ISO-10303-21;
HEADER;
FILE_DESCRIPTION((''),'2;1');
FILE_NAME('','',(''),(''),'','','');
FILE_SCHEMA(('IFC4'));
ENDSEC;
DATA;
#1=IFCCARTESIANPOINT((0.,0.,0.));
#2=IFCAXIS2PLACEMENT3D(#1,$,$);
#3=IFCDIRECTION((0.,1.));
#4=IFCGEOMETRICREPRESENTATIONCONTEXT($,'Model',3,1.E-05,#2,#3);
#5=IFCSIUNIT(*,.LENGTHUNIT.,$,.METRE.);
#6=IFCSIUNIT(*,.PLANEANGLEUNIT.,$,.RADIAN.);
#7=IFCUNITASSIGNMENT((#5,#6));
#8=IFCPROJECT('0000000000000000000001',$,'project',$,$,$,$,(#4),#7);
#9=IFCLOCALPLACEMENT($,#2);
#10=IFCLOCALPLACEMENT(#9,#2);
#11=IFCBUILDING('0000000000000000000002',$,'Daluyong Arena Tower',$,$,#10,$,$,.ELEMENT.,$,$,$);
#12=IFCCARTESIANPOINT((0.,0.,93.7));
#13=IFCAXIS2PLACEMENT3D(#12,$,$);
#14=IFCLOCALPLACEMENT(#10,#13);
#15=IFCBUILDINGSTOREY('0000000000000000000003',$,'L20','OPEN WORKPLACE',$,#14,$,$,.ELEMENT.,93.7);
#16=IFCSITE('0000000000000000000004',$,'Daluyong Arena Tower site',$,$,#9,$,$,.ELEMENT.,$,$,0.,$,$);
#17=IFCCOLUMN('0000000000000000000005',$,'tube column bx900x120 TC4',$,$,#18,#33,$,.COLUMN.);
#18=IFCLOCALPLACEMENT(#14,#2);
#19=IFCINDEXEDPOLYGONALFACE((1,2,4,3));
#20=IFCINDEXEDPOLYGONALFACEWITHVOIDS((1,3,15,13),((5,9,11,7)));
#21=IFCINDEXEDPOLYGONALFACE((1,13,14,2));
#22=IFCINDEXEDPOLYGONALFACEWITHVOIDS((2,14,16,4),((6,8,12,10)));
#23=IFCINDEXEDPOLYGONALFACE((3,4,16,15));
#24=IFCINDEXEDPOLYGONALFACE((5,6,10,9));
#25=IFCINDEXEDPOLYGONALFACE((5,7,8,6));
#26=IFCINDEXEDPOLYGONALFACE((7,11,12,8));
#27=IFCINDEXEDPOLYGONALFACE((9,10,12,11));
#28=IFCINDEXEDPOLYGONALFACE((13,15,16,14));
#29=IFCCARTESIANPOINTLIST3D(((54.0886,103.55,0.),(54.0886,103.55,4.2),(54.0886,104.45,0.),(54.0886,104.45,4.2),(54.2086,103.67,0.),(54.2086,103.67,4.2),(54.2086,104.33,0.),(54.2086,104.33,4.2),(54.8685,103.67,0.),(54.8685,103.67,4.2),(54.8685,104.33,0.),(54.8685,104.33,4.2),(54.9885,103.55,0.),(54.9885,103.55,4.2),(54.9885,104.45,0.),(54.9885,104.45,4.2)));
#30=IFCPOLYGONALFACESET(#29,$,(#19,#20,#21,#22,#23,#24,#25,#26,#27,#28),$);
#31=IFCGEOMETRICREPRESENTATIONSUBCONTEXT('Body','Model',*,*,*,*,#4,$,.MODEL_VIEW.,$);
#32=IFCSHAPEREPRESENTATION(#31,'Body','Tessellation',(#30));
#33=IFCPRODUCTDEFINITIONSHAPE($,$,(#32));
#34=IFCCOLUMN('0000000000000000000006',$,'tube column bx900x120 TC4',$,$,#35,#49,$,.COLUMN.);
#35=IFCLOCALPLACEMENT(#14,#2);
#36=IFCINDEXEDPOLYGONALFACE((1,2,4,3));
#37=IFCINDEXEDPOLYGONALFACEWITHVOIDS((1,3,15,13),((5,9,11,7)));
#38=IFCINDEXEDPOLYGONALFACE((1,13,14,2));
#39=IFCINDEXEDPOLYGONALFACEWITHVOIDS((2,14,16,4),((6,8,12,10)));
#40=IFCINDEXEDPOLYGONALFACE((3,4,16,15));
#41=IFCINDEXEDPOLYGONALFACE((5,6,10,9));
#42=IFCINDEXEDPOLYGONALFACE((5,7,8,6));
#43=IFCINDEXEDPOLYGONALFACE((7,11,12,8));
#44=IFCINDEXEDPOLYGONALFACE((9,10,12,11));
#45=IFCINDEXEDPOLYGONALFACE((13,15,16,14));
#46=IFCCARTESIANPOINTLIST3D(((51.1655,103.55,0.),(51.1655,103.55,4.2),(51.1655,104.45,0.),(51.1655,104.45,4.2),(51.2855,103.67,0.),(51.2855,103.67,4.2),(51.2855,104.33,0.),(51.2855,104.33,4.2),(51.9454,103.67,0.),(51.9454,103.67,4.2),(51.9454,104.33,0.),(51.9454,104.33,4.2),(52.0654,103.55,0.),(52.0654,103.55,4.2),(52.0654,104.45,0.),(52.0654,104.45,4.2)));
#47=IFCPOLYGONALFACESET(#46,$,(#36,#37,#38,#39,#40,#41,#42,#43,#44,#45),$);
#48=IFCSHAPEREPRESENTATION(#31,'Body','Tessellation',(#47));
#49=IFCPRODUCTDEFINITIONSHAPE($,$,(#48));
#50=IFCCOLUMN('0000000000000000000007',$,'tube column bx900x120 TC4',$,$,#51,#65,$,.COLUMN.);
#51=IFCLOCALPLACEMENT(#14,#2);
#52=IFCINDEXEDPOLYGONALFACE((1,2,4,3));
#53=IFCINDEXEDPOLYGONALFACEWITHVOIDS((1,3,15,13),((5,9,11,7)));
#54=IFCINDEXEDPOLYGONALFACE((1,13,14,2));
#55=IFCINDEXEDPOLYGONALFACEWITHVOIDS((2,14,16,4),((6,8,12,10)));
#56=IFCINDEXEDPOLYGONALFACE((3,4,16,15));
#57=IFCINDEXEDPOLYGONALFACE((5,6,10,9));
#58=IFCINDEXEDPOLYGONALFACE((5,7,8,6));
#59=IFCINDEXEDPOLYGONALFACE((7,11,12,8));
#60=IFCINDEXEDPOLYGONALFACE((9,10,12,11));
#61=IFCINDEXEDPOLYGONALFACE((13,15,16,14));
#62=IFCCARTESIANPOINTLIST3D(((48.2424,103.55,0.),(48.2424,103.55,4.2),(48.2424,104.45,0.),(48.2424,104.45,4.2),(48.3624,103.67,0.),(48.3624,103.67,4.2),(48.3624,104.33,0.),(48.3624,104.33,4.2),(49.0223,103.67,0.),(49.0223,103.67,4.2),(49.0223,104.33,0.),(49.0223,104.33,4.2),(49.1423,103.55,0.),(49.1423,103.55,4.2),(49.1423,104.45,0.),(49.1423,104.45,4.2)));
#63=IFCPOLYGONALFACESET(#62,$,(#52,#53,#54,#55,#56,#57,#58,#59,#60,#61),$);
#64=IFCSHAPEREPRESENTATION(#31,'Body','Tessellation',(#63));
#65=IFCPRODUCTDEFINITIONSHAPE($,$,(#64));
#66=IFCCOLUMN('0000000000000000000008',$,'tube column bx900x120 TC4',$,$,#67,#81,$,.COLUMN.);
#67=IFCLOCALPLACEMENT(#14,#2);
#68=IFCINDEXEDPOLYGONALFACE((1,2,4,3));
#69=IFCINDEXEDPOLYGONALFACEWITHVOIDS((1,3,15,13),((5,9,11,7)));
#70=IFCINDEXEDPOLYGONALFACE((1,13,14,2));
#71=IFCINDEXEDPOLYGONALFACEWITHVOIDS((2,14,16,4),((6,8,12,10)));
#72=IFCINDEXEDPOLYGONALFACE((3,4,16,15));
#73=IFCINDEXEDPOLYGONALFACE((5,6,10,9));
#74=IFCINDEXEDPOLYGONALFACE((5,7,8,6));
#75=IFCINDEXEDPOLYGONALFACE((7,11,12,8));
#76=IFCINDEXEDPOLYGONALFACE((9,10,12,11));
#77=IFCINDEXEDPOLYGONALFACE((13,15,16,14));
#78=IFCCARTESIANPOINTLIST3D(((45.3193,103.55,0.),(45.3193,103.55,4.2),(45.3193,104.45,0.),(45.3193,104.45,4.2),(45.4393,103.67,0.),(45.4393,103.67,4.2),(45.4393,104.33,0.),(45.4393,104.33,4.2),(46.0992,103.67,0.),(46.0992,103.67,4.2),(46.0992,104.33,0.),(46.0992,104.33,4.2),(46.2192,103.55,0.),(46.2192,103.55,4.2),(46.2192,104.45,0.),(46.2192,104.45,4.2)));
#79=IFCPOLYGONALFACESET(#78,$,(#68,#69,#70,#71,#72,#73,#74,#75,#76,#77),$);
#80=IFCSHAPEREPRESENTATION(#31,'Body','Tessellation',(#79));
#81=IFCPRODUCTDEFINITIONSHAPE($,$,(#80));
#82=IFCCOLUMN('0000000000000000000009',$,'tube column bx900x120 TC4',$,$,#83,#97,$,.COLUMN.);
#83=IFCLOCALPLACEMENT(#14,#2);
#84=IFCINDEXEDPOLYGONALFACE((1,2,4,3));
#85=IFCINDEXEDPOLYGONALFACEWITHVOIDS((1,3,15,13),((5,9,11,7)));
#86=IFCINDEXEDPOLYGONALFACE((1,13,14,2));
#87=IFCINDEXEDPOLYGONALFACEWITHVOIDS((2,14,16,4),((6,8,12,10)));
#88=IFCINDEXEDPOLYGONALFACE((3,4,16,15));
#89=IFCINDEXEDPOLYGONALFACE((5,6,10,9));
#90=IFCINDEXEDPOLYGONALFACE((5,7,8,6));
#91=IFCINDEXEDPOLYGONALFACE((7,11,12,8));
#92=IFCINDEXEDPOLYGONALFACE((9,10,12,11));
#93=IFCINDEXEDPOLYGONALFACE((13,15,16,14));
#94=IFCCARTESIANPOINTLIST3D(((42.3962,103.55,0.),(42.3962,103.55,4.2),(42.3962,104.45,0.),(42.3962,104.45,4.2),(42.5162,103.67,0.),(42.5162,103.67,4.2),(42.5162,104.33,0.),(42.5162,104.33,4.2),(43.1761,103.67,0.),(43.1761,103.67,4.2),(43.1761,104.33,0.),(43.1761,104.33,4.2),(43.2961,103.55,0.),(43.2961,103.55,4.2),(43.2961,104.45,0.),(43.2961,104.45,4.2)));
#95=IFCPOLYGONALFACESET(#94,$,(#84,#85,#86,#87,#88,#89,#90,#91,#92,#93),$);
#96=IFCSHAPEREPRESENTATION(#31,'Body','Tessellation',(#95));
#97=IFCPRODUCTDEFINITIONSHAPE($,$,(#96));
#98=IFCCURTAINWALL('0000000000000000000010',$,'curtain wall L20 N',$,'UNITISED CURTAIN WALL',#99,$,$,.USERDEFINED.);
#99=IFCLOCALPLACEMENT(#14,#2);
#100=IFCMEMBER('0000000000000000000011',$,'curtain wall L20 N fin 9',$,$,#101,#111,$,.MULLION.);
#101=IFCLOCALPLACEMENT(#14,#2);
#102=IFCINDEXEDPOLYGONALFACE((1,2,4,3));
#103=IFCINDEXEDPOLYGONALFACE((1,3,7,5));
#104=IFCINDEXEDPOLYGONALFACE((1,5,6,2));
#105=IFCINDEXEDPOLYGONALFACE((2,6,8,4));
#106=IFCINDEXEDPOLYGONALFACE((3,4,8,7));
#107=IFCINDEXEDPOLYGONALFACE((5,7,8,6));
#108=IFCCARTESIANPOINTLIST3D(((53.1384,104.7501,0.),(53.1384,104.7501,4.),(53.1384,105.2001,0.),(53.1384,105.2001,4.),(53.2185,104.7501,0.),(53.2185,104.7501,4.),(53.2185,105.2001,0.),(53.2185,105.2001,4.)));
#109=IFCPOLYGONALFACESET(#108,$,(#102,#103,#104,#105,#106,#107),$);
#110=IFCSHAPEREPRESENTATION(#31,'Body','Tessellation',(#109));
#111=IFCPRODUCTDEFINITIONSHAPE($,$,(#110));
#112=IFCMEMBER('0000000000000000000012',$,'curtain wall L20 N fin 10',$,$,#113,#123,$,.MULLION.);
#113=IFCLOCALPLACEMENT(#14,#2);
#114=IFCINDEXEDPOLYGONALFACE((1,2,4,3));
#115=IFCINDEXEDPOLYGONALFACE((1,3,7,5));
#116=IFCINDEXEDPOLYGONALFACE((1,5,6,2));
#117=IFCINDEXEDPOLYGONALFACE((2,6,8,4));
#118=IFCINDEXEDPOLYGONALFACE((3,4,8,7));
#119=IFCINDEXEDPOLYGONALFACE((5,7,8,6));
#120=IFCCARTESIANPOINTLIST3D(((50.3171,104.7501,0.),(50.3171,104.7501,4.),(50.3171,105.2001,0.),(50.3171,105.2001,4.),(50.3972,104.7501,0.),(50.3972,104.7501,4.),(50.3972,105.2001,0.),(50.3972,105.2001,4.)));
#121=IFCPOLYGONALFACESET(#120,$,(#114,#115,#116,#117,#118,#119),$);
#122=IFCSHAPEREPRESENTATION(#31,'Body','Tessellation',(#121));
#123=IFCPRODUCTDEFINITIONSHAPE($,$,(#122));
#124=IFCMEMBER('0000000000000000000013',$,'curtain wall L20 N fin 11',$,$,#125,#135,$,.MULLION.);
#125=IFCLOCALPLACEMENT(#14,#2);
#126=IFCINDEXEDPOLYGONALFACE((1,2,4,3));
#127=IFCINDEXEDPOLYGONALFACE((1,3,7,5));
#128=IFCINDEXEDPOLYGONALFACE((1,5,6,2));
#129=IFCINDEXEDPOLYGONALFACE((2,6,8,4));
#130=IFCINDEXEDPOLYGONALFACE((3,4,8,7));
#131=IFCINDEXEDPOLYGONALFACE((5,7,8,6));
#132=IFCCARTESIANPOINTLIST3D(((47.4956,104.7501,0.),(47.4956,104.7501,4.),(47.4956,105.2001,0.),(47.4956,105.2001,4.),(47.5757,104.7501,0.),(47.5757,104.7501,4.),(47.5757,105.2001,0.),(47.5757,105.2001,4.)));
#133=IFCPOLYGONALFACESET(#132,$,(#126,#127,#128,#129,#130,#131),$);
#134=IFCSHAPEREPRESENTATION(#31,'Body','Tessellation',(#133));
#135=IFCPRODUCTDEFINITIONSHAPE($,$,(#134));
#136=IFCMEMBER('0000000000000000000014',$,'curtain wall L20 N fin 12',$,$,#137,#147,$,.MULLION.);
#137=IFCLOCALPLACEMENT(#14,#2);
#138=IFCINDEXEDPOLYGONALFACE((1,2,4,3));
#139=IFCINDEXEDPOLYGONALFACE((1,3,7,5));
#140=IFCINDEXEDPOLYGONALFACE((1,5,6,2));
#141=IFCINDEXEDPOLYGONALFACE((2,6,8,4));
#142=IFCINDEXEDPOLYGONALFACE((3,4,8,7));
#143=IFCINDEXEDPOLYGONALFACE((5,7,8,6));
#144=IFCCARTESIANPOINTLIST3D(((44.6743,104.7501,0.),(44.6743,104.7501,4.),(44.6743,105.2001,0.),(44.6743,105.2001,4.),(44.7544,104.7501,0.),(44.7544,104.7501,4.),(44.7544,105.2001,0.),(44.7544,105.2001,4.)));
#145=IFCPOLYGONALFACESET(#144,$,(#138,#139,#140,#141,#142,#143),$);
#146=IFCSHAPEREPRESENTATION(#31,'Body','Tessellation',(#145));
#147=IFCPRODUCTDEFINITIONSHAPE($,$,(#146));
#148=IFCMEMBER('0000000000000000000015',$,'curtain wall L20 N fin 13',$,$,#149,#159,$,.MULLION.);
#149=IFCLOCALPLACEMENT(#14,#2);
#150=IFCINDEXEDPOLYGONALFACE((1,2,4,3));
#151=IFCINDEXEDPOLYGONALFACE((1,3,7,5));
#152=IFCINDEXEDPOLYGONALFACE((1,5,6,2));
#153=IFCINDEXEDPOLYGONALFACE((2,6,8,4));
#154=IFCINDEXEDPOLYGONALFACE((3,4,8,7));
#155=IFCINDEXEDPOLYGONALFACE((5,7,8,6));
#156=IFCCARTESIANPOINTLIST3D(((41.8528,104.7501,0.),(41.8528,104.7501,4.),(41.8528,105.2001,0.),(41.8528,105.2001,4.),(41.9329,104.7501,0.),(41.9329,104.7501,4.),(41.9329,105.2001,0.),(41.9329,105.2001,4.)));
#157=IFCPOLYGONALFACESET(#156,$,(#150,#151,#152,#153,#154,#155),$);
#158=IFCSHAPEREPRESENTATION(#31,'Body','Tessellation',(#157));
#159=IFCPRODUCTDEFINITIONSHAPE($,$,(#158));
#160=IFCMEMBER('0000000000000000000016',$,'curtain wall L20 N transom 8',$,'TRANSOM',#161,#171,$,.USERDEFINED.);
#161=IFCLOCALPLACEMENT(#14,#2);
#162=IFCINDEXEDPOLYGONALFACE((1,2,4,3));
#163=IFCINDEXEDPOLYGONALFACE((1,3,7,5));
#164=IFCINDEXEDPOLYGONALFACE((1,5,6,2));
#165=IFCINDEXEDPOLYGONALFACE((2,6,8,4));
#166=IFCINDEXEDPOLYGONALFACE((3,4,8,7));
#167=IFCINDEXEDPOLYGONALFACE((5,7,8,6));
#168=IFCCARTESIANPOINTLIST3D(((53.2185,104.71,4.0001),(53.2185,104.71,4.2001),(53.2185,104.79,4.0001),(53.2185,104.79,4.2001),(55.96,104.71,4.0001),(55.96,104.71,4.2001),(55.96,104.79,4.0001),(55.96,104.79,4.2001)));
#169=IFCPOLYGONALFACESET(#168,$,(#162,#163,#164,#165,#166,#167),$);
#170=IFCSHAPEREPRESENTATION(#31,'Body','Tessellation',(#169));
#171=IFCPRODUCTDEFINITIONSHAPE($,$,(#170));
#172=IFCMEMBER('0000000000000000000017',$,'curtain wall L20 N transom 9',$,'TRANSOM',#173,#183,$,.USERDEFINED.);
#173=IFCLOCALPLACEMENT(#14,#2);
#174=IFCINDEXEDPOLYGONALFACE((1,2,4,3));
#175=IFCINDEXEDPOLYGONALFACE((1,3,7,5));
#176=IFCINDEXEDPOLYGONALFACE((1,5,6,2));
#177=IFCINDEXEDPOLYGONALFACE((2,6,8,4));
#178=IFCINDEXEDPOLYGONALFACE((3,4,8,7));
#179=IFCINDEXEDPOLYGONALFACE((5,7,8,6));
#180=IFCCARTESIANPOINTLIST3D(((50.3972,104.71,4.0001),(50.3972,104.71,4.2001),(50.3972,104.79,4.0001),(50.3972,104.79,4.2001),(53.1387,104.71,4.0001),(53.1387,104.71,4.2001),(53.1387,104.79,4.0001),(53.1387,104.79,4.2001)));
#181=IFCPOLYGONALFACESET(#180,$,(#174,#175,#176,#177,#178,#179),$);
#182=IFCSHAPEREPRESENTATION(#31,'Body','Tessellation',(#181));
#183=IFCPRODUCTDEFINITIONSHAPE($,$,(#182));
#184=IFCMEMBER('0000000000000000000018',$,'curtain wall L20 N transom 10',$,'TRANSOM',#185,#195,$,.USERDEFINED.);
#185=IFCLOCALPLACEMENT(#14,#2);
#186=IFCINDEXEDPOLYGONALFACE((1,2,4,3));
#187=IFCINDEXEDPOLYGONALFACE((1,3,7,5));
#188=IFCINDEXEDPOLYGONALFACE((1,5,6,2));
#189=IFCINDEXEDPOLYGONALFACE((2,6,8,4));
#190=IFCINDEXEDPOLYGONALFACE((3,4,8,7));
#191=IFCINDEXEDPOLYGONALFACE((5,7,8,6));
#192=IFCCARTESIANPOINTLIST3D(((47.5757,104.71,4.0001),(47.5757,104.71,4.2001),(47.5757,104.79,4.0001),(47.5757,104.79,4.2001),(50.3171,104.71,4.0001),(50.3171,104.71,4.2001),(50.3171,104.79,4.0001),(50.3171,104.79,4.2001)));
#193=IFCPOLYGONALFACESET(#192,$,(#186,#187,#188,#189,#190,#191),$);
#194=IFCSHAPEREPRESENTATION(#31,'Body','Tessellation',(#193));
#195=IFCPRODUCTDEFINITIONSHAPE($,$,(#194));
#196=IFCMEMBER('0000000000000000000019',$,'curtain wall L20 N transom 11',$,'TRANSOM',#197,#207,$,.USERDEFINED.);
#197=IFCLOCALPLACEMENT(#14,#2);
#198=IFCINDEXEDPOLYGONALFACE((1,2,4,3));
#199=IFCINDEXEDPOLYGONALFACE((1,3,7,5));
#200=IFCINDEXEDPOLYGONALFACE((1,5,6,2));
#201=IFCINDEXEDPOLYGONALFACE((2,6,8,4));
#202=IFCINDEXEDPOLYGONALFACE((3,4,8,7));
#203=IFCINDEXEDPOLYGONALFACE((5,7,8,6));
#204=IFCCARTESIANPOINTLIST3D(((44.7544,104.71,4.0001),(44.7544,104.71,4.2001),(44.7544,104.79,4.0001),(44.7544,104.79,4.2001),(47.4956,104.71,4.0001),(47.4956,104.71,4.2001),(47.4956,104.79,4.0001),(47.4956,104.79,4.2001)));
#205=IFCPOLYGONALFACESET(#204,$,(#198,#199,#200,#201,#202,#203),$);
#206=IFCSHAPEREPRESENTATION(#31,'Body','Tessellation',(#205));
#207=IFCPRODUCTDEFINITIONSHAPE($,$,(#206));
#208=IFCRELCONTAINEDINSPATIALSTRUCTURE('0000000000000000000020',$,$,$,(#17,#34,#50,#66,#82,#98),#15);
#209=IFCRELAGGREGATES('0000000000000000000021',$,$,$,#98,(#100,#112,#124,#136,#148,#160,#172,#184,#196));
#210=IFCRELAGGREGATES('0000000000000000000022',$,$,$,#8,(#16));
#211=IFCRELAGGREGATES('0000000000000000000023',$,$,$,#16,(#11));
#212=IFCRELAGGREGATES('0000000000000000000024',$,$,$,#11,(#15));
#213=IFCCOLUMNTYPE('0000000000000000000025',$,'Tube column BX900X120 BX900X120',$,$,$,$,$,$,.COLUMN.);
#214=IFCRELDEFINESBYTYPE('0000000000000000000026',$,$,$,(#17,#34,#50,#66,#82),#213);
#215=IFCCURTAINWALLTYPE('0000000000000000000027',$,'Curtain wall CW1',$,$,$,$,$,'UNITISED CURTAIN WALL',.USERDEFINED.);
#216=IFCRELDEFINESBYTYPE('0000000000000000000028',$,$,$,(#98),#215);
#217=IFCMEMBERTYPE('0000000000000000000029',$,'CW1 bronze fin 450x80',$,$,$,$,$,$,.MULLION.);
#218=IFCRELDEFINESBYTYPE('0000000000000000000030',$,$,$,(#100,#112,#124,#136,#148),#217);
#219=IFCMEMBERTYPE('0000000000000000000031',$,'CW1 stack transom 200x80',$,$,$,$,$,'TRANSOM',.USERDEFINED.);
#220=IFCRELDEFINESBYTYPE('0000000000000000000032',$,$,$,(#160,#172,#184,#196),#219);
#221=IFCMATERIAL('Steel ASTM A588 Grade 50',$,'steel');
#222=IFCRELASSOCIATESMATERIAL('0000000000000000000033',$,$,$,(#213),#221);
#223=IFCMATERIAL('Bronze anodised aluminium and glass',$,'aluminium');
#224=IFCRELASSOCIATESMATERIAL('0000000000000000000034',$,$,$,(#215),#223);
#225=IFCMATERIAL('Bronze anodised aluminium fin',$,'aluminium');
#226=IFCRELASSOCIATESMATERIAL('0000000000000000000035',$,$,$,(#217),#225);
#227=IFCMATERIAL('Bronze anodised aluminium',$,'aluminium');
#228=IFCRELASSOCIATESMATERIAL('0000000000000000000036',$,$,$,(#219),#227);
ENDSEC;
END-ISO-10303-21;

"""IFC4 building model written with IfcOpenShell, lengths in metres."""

from ifc_helpers import new_model, si_unit, direction, frame, origin, origin_2d, place, context, subcontext, project, spatial, rectangle, hollow_rectangle, extrude, material, material_profile, profile_set, type_object, element, aggregate, save


model = new_model("IFC4")

# Units and contexts
model_context = context("Model", 3, precision=1e-05, world=origin(), true_north=direction((0.0, 1.0)))
body_context = subcontext(model_context, "Body", "Model", "MODEL_VIEW")
ifc_project = project(units=[si_unit("LENGTHUNIT", "METRE"), si_unit("PLANEANGLEUNIT", "RADIAN")], contexts=[model_context])

# Site, building, storey
site_placement = place(None, origin())
site = spatial("IfcSite", under=ifc_project, at=site_placement, Name="Daluyong Arena Tower site", CompositionType="ELEMENT", RefElevation=0.0)
building_placement = place(site_placement, origin())
building = spatial("IfcBuilding", under=site, at=building_placement, Name="Daluyong Arena Tower", CompositionType="ELEMENT")
storey_placement = place(building_placement, frame((0.0, 0.0, 93.7)))
storey = spatial("IfcBuildingStorey", under=building, at=storey_placement, Name="L20", Description="OPEN WORKPLACE", CompositionType="ELEMENT", Elevation=93.7)

# Columns
ifc_material_1 = material(Name="Steel ASTM A588 Grade 50", Category="steel")
ifc_material_profile_1 = material_profile(ifc_material_1, hollow_rectangle(XDim=0.8999, YDim=0.8999, WallThickness=0.12, at=origin_2d()))
ifc_profile_set_1 = profile_set([ifc_material_profile_1], Name="Steel ASTM A588 Grade 50")
column_type = type_object("IfcColumnType", Name="Tube column BX900X120 BX900X120", PredefinedType="COLUMN", material=ifc_profile_set_1)
for number, where, z_axis, x_axis, name in (
    (1, (54.5386, 104.0, 0.0), (0.0, 0.0, 1.0), (1.0, 0.0, 0.0), "tube column bx900x120 TC4"),
    (2, (51.6155, 104.0, 0.0), (0.0, 0.0, 1.0), (1.0, 0.0, 0.0), "tube column bx900x120 TC4"),
    (3, (48.6924, 104.0, 0.0), (0.0, 0.0, 1.0), (1.0, 0.0, 0.0), "tube column bx900x120 TC4"),
    (4, (45.7693, 104.0, 0.0), (0.0, 0.0, 1.0), (1.0, 0.0, 0.0), "tube column bx900x120 TC4"),
    (5, (42.8462, 104.0, 0.0), (0.0, 0.0, 1.0), (1.0, 0.0, 0.0), "tube column bx900x120 TC4"),
):
    element("IfcColumn", number, at=place(storey_placement, frame(where, z_axis=z_axis, x_axis=x_axis)), inside=storey, type_object=column_type, Name=name, PredefinedType="COLUMN", context=body_context, shape_type="SweptSolid", body=[
        extrude(hollow_rectangle(XDim=0.8999, YDim=0.8999, WallThickness=0.12, at=origin_2d()), origin(), (0.0, 0.0, 1.0), 4.2),
    ])

# Curtain wall, members
ifc_material_2 = material(Name="Bronze anodised aluminium and glass", Category="aluminium")
curtain_wall_type = type_object("IfcCurtainWallType", Name="Curtain wall CW1", ElementType="UNITISED CURTAIN WALL", PredefinedType="USERDEFINED", material=ifc_material_2)
curtain_wall_placement = place(storey_placement, origin())
curtain_wall = element("IfcCurtainWall", 6, at=curtain_wall_placement, inside=storey, type_object=curtain_wall_type, Name="curtain wall L20 N", ObjectType="UNITISED CURTAIN WALL", PredefinedType="USERDEFINED")
ifc_material_3 = material(Name="Bronze anodised aluminium fin", Category="aluminium")
ifc_material_profile_2 = material_profile(ifc_material_3, rectangle(XDim=0.45, YDim=0.0801, at=origin_2d()))
ifc_profile_set_2 = profile_set([ifc_material_profile_2], Name="Bronze anodised aluminium fin")
member_type_1 = type_object("IfcMemberType", Name="CW1 bronze fin 450x80", PredefinedType="MULLION", material=ifc_profile_set_2)
member_1_placement = place(storey_placement, frame((53.1785, 104.9751, 0.0), z_axis=(0.0, 0.0, 1.0), x_axis=(0.0, -1.0, 0.0)))
member_1 = element("IfcMember", 7, at=member_1_placement, type_object=member_type_1, Name="curtain wall L20 N fin 9", PredefinedType="MULLION", context=body_context, shape_type="SweptSolid", body=[
    extrude(rectangle(XDim=0.45, YDim=0.0801, at=origin_2d()), origin(), (0.0, 0.0, 1.0), 4.0),
])
member_2_placement = place(storey_placement, frame((50.3572, 104.9751, 0.0), z_axis=(0.0, 0.0, 1.0), x_axis=(0.0, -1.0, 0.0)))
member_2 = element("IfcMember", 8, at=member_2_placement, type_object=member_type_1, Name="curtain wall L20 N fin 10", PredefinedType="MULLION", context=body_context, shape_type="SweptSolid", body=[
    extrude(rectangle(XDim=0.45, YDim=0.0801, at=origin_2d()), origin(), (0.0, 0.0, 1.0), 4.0),
])
member_3_placement = place(storey_placement, frame((47.5356, 104.9751, 0.0), z_axis=(0.0, 0.0, 1.0), x_axis=(0.0, -1.0, 0.0)))
member_3 = element("IfcMember", 9, at=member_3_placement, type_object=member_type_1, Name="curtain wall L20 N fin 11", PredefinedType="MULLION", context=body_context, shape_type="SweptSolid", body=[
    extrude(rectangle(XDim=0.45, YDim=0.0801, at=origin_2d()), origin(), (0.0, 0.0, 1.0), 4.0),
])
member_4_placement = place(storey_placement, frame((44.7144, 104.9751, 0.0), z_axis=(0.0, 0.0, 1.0), x_axis=(0.0, -1.0, 0.0)))
member_4 = element("IfcMember", 10, at=member_4_placement, type_object=member_type_1, Name="curtain wall L20 N fin 12", PredefinedType="MULLION", context=body_context, shape_type="SweptSolid", body=[
    extrude(rectangle(XDim=0.45, YDim=0.0801, at=origin_2d()), origin(), (0.0, 0.0, 1.0), 4.0),
])
member_5_placement = place(storey_placement, frame((41.8928, 104.9751, 0.0), z_axis=(0.0, 0.0, 1.0), x_axis=(0.0, -1.0, 0.0)))
member_5 = element("IfcMember", 11, at=member_5_placement, type_object=member_type_1, Name="curtain wall L20 N fin 13", PredefinedType="MULLION", context=body_context, shape_type="SweptSolid", body=[
    extrude(rectangle(XDim=0.45, YDim=0.0801, at=origin_2d()), origin(), (0.0, 0.0, 1.0), 4.0),
])
ifc_material_4 = material(Name="Bronze anodised aluminium", Category="aluminium")
ifc_material_profile_3 = material_profile(ifc_material_4, rectangle(XDim=0.0801, YDim=0.2, at=origin_2d()))
ifc_profile_set_3 = profile_set([ifc_material_profile_3], Name="Bronze anodised aluminium")
member_type_2 = type_object("IfcMemberType", Name="CW1 stack transom 200x80", ElementType="TRANSOM", PredefinedType="USERDEFINED", material=ifc_profile_set_3)
member_6_placement = place(storey_placement, frame((55.96, 104.75, 4.1001), z_axis=(-1.0, 0.0, 0.0), x_axis=(0.0, -1.0, 0.0)))
member_6 = element("IfcMember", 12, at=member_6_placement, type_object=member_type_2, Name="curtain wall L20 N transom 8", ObjectType="TRANSOM", PredefinedType="USERDEFINED", context=body_context, shape_type="SweptSolid", body=[
    extrude(rectangle(XDim=0.0801, YDim=0.2, at=origin_2d()), origin(), (0.0, 0.0, 1.0), 2.7415),
])
member_7_placement = place(storey_placement, frame((53.1387, 104.75, 4.1001), z_axis=(-1.0, 0.0, 0.0), x_axis=(0.0, -1.0, 0.0)))
member_7 = element("IfcMember", 13, at=member_7_placement, type_object=member_type_2, Name="curtain wall L20 N transom 9", ObjectType="TRANSOM", PredefinedType="USERDEFINED", context=body_context, shape_type="SweptSolid", body=[
    extrude(rectangle(XDim=0.0801, YDim=0.2, at=origin_2d()), origin(), (0.0, 0.0, 1.0), 2.7415),
])
member_8_placement = place(storey_placement, frame((50.3171, 104.75, 4.1001), z_axis=(-1.0, 0.0, 0.0), x_axis=(0.0, -1.0, 0.0)))
member_8 = element("IfcMember", 14, at=member_8_placement, type_object=member_type_2, Name="curtain wall L20 N transom 10", ObjectType="TRANSOM", PredefinedType="USERDEFINED", context=body_context, shape_type="SweptSolid", body=[
    extrude(rectangle(XDim=0.0801, YDim=0.2, at=origin_2d()), origin(), (0.0, 0.0, 1.0), 2.7415),
])
member_9_placement = place(storey_placement, frame((47.4956, 104.75, 4.1001), z_axis=(-1.0, 0.0, 0.0), x_axis=(0.0, -1.0, 0.0)))
member_9 = element("IfcMember", 15, at=member_9_placement, type_object=member_type_2, Name="curtain wall L20 N transom 11", ObjectType="TRANSOM", PredefinedType="USERDEFINED", context=body_context, shape_type="SweptSolid", body=[
    extrude(rectangle(XDim=0.0801, YDim=0.2, at=origin_2d()), origin(), (0.0, 0.0, 1.0), 2.7412),
])

aggregate(curtain_wall, [member_1, member_2, member_3, member_4, member_5, member_6, member_7, member_8, member_9])

save(model, "model.ifc")
